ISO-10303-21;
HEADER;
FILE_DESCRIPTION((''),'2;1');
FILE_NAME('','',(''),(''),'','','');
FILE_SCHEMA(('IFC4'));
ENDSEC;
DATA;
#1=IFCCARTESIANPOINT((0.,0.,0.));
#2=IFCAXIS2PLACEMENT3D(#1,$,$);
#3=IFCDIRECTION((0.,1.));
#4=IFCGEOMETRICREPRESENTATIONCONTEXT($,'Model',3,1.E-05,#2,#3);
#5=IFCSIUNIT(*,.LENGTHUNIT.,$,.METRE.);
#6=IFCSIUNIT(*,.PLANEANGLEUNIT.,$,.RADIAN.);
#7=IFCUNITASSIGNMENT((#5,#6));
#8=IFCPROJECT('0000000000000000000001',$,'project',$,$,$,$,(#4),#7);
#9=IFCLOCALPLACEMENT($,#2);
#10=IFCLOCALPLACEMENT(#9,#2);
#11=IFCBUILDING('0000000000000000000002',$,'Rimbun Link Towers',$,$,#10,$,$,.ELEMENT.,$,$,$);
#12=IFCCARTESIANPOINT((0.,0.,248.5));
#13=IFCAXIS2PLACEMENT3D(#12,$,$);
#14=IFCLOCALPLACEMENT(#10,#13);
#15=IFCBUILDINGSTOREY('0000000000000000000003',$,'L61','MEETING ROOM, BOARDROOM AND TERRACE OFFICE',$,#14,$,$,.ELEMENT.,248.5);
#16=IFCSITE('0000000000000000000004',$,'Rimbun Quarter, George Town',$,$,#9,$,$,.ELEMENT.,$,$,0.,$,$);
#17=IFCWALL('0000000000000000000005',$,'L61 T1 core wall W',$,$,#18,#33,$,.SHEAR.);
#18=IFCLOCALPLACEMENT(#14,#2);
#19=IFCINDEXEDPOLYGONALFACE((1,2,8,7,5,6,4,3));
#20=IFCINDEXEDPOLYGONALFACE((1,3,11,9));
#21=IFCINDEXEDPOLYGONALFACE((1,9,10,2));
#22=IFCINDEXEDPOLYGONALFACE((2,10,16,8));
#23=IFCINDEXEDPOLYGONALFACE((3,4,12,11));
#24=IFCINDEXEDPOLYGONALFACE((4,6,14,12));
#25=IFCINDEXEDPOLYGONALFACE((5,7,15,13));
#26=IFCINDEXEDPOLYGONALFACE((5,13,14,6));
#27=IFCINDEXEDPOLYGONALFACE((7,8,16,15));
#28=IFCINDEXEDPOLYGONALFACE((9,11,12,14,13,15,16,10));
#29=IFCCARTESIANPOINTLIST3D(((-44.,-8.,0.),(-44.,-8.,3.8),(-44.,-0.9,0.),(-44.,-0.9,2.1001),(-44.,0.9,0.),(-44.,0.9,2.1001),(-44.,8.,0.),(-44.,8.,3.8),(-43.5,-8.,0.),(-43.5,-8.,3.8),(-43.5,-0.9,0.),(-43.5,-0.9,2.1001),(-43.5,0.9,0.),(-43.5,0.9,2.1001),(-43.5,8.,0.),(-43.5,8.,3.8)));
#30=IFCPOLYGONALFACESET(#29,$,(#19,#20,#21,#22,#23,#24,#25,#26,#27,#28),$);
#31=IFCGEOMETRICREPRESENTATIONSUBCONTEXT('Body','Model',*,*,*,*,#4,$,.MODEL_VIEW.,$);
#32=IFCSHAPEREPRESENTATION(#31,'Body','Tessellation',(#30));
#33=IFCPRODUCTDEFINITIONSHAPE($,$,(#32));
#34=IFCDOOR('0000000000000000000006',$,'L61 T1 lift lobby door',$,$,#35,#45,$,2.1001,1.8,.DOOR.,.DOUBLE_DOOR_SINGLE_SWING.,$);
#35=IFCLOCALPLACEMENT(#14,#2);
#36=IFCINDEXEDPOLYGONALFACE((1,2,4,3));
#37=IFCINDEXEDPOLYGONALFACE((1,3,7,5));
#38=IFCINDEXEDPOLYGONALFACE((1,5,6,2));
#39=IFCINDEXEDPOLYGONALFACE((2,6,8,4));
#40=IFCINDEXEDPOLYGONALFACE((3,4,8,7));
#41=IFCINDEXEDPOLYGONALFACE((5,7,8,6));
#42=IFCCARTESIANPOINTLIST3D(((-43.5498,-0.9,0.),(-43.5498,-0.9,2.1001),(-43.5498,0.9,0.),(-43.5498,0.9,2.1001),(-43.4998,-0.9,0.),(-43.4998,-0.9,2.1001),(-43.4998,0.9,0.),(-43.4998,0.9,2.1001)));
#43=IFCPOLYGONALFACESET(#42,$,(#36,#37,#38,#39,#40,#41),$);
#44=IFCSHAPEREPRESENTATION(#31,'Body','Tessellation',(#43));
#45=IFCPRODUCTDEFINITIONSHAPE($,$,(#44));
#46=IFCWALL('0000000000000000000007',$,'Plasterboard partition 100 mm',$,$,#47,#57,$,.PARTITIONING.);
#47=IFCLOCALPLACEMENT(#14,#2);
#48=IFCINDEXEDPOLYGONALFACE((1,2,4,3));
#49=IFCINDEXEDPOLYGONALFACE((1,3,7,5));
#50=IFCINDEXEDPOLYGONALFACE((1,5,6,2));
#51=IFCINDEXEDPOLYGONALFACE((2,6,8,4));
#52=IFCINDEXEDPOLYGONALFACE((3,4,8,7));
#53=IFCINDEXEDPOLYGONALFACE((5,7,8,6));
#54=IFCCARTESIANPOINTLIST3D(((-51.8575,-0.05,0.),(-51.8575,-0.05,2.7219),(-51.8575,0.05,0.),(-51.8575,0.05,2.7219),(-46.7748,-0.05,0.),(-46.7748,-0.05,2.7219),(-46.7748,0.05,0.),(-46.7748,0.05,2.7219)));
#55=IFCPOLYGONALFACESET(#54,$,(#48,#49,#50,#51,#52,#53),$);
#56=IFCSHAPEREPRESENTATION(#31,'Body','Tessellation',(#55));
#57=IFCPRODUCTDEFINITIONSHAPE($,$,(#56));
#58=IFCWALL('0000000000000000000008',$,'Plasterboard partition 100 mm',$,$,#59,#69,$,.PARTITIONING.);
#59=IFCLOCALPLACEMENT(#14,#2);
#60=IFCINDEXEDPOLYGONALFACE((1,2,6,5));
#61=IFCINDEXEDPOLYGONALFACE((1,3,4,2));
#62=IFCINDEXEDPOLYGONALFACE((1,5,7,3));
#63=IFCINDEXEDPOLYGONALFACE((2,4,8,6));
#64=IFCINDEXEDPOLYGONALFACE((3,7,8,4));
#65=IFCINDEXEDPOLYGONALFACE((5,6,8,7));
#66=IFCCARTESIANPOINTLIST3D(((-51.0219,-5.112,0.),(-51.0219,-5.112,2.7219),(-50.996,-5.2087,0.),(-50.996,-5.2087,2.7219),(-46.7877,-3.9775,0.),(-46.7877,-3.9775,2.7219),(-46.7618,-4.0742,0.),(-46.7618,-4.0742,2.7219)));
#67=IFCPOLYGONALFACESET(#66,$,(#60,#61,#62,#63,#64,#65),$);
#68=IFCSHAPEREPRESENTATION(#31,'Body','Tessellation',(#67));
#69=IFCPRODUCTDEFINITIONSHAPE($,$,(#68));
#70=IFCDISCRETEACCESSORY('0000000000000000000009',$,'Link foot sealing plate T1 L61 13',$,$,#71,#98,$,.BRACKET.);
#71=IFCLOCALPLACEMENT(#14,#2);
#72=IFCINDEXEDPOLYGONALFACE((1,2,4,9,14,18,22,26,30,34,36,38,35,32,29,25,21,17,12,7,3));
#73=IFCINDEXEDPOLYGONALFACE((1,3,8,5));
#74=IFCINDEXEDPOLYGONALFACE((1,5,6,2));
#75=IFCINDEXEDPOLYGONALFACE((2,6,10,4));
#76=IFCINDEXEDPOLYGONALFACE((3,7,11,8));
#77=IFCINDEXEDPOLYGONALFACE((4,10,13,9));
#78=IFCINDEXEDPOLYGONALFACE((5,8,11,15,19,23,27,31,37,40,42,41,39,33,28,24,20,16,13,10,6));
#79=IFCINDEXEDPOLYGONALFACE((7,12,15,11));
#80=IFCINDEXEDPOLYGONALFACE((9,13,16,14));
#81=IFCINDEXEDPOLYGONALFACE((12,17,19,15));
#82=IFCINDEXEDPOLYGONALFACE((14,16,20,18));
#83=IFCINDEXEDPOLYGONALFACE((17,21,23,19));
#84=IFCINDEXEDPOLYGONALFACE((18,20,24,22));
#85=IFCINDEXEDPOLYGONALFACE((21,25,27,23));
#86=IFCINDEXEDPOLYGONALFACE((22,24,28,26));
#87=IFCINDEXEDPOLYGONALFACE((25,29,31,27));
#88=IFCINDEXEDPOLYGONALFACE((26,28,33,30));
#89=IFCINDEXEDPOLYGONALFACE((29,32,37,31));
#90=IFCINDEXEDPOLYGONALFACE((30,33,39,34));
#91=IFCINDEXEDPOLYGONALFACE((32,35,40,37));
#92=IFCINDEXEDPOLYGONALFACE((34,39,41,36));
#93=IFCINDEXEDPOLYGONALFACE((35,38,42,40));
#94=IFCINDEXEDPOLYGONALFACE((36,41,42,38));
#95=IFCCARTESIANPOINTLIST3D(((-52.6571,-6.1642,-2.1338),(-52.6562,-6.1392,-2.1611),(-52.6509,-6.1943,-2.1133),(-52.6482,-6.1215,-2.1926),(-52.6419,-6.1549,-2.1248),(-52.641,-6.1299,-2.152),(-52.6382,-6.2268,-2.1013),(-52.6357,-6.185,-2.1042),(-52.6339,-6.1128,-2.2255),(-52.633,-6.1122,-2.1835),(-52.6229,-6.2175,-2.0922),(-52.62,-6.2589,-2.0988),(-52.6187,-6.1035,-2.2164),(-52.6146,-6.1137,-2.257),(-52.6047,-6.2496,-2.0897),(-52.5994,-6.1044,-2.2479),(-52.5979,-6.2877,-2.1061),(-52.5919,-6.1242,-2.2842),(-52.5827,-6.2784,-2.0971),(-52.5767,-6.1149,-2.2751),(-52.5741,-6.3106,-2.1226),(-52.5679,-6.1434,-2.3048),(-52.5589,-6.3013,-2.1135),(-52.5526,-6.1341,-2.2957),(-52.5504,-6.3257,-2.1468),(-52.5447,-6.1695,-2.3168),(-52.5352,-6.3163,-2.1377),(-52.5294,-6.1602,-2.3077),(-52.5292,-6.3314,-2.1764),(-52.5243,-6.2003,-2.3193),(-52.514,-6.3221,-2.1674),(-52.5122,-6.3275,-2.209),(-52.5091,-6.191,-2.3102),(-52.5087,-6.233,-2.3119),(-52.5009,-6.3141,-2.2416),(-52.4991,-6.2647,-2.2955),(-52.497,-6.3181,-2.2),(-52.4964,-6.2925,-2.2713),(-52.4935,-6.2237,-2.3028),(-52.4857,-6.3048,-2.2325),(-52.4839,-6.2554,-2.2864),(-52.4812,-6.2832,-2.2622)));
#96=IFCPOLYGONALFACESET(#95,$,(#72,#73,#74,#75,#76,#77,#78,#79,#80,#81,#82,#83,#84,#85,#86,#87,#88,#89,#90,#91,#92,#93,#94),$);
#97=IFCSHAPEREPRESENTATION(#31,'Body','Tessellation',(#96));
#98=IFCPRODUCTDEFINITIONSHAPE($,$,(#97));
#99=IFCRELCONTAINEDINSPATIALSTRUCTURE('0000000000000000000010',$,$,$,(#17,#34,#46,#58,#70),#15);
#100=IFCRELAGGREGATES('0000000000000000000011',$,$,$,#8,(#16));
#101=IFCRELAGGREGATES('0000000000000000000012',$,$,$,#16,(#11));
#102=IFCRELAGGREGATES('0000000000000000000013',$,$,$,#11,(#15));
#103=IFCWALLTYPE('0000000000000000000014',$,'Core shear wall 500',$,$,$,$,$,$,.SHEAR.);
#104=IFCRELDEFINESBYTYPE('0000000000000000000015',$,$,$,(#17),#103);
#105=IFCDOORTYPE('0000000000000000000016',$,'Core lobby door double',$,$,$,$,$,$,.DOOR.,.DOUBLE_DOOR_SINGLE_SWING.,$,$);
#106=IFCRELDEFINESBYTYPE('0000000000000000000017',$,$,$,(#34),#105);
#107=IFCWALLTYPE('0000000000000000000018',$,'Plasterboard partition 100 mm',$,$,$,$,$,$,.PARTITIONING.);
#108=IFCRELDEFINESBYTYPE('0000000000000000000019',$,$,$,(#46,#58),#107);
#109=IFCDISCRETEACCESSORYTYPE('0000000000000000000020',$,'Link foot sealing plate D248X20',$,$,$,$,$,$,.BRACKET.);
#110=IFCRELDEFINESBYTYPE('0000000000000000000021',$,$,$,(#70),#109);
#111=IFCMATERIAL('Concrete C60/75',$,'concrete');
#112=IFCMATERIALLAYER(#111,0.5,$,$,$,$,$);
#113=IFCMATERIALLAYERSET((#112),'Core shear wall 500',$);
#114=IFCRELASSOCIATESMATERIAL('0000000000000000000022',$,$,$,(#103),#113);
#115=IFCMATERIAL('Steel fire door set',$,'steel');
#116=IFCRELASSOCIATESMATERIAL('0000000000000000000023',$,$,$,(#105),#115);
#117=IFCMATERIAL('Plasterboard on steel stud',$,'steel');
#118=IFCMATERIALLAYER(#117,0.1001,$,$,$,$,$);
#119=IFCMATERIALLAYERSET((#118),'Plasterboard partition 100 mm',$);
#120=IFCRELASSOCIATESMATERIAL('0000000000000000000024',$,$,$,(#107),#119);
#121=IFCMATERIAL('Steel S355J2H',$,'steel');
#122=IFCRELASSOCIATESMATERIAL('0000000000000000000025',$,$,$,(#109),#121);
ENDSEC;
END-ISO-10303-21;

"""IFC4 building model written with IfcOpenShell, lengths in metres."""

from ifc_helpers import new_model, si_unit, direction, frame, frame_2d, origin, origin_2d, place, context, subcontext, project, spatial, rectangle, circle, extrude, material, layer, layer_set, material_profile, profile_set, type_object, element, fill, save


model = new_model("IFC4")

# Units and contexts
model_context = context("Model", 3, precision=1e-05, world=origin(), true_north=direction((0.0, 1.0)))
body_context = subcontext(model_context, "Body", "Model", "MODEL_VIEW")
ifc_project = project(units=[si_unit("LENGTHUNIT", "METRE"), si_unit("PLANEANGLEUNIT", "RADIAN")], contexts=[model_context])

# Site, building, storey
site_placement = place(None, origin())
site = spatial("IfcSite", under=ifc_project, at=site_placement, Name="Rimbun Quarter, George Town", CompositionType="ELEMENT", RefElevation=0.0)
building_placement = place(site_placement, origin())
building = spatial("IfcBuilding", under=site, at=building_placement, Name="Rimbun Link Towers", CompositionType="ELEMENT")
storey_placement = place(building_placement, frame((0.0, 0.0, 248.5)))
storey = spatial("IfcBuildingStorey", under=building, at=storey_placement, Name="L61", Description="MEETING ROOM, BOARDROOM AND TERRACE OFFICE", CompositionType="ELEMENT", Elevation=248.5)

# Wall, opening, door
ifc_material_1 = material(Name="Concrete C60/75", Category="concrete")
ifc_layer_1 = layer(ifc_material_1, 0.5)
ifc_layer_set_1 = layer_set([ifc_layer_1], Name="Core shear wall 500")
wall_type_1 = type_object("IfcWallType", Name="Core shear wall 500", PredefinedType="SHEAR", material=ifc_layer_set_1)
wall_1_placement = place(storey_placement, frame((-43.75, -8.0, 0.0), z_axis=(0.0, 0.0, 1.0), x_axis=(0.0, 1.0, 0.0)))
wall_1 = element("IfcWall", 1, at=wall_1_placement, inside=storey, type_object=wall_type_1, Name="L61 T1 core wall W", PredefinedType="SHEAR", context=body_context, shape_type="SweptSolid", body=[
    extrude(rectangle(XDim=16.0, YDim=0.5, at=frame_2d((8.0, 0.0))), origin(), (0.0, 0.0, 1.0), 3.8),
])
opening_placement = place(wall_1_placement, frame((7.1001, 0.0, 0.0)))
opening = element("IfcOpeningElement", 2, at=opening_placement, cuts=wall_1, PredefinedType="OPENING", context=body_context, shape_type="SweptSolid", body=[
    extrude(rectangle(XDim=1.8, YDim=2.1001, at=frame_2d((0.8999, 1.05))), frame((0.0, 0.26, 0.0), z_axis=(0.0, -1.0, 0.0), x_axis=(1.0, 0.0, 0.0)), (0.0, 0.0, 1.0), 0.52),
])
ifc_material_2 = material(Name="Steel fire door set", Category="steel")
door_type = type_object("IfcDoorType", Name="Core lobby door double", OperationType="DOUBLE_DOOR_SINGLE_SWING", PredefinedType="DOOR", material=ifc_material_2)
door_placement = place(opening_placement, origin())
door = element("IfcDoor", 3, at=door_placement, inside=storey, type_object=door_type, Name="L61 T1 lift lobby door", OperationType="DOUBLE_DOOR_SINGLE_SWING", OverallHeight=2.1001, OverallWidth=1.8, PredefinedType="DOOR", context=body_context, shape_type="SweptSolid", body=[
    extrude(rectangle(XDim=1.8, YDim=2.1001, at=frame_2d((0.8999, 1.05))), frame((0.0, -0.2002, 0.0), z_axis=(0.0, -1.0, 0.0), x_axis=(1.0, 0.0, 0.0)), (0.0, 0.0, 1.0), 0.05),
])
fill(opening, door)

# Walls
ifc_material_3 = material(Name="Plasterboard on steel stud", Category="steel")
ifc_layer_2 = layer(ifc_material_3, 0.1001)
ifc_layer_set_2 = layer_set([ifc_layer_2], Name="Plasterboard partition 100 mm")
wall_type_2 = type_object("IfcWallType", Name="Plasterboard partition 100 mm", PredefinedType="PARTITIONING", material=ifc_layer_set_2)
wall_2_placement = place(storey_placement, frame((-51.8577, 0.0, 0.0), z_axis=(0.0, 0.0, 1.0), x_axis=(1.0, 0.0, 0.0)))
element("IfcWall", 4, at=wall_2_placement, inside=storey, type_object=wall_type_2, Name="Plasterboard partition 100 mm", PredefinedType="PARTITIONING", context=body_context, shape_type="SweptSolid", body=[
    extrude(rectangle(XDim=5.0828, YDim=0.1001, at=frame_2d((2.5415, 0.0))), origin(), (0.0, 0.0, 1.0), 2.7219),
])
wall_3_placement = place(storey_placement, frame((-51.009, -5.1604, 0.0), z_axis=(0.0, 0.0, 1.0), x_axis=(0.965926, 0.258817, 0.0)))
element("IfcWall", 5, at=wall_3_placement, inside=storey, type_object=wall_type_2, Name="Plasterboard partition 100 mm", PredefinedType="PARTITIONING", context=body_context, shape_type="SweptSolid", body=[
    extrude(rectangle(XDim=4.3835, YDim=0.1001, at=frame_2d((2.1919, 0.0))), origin(), (0.0, 0.0, 1.0), 2.7219),
])

# Discrete accessory
ifc_material_4 = material(Name="Steel S355J2H", Category="steel")
ifc_material_profile_1 = material_profile(ifc_material_4, circle(Radius=0.124, at=origin_2d()), Name="PL D248")
ifc_profile_set_1 = profile_set([ifc_material_profile_1], Name="Steel S355J2H")
discrete_accessory_type = type_object("IfcDiscreteAccessoryType", Name="Link foot sealing plate D248X20", PredefinedType="BRACKET", material=ifc_profile_set_1)
discrete_accessory_placement = place(storey_placement, frame((-52.5618, -6.2124, -2.2), z_axis=(-0.759893, -0.465741, -0.453484), x_axis=(0.522562, -0.852601, 0.0)))
element("IfcDiscreteAccessory", 6, at=discrete_accessory_placement, inside=storey, type_object=discrete_accessory_type, Name="Link foot sealing plate T1 L61 13", PredefinedType="BRACKET", context=body_context, shape_type="SweptSolid", body=[
    extrude(circle(Radius=0.124, at=origin_2d()), origin(), (0.0, 0.0, 1.0), 0.02),
])

save(model, "model.ifc")
